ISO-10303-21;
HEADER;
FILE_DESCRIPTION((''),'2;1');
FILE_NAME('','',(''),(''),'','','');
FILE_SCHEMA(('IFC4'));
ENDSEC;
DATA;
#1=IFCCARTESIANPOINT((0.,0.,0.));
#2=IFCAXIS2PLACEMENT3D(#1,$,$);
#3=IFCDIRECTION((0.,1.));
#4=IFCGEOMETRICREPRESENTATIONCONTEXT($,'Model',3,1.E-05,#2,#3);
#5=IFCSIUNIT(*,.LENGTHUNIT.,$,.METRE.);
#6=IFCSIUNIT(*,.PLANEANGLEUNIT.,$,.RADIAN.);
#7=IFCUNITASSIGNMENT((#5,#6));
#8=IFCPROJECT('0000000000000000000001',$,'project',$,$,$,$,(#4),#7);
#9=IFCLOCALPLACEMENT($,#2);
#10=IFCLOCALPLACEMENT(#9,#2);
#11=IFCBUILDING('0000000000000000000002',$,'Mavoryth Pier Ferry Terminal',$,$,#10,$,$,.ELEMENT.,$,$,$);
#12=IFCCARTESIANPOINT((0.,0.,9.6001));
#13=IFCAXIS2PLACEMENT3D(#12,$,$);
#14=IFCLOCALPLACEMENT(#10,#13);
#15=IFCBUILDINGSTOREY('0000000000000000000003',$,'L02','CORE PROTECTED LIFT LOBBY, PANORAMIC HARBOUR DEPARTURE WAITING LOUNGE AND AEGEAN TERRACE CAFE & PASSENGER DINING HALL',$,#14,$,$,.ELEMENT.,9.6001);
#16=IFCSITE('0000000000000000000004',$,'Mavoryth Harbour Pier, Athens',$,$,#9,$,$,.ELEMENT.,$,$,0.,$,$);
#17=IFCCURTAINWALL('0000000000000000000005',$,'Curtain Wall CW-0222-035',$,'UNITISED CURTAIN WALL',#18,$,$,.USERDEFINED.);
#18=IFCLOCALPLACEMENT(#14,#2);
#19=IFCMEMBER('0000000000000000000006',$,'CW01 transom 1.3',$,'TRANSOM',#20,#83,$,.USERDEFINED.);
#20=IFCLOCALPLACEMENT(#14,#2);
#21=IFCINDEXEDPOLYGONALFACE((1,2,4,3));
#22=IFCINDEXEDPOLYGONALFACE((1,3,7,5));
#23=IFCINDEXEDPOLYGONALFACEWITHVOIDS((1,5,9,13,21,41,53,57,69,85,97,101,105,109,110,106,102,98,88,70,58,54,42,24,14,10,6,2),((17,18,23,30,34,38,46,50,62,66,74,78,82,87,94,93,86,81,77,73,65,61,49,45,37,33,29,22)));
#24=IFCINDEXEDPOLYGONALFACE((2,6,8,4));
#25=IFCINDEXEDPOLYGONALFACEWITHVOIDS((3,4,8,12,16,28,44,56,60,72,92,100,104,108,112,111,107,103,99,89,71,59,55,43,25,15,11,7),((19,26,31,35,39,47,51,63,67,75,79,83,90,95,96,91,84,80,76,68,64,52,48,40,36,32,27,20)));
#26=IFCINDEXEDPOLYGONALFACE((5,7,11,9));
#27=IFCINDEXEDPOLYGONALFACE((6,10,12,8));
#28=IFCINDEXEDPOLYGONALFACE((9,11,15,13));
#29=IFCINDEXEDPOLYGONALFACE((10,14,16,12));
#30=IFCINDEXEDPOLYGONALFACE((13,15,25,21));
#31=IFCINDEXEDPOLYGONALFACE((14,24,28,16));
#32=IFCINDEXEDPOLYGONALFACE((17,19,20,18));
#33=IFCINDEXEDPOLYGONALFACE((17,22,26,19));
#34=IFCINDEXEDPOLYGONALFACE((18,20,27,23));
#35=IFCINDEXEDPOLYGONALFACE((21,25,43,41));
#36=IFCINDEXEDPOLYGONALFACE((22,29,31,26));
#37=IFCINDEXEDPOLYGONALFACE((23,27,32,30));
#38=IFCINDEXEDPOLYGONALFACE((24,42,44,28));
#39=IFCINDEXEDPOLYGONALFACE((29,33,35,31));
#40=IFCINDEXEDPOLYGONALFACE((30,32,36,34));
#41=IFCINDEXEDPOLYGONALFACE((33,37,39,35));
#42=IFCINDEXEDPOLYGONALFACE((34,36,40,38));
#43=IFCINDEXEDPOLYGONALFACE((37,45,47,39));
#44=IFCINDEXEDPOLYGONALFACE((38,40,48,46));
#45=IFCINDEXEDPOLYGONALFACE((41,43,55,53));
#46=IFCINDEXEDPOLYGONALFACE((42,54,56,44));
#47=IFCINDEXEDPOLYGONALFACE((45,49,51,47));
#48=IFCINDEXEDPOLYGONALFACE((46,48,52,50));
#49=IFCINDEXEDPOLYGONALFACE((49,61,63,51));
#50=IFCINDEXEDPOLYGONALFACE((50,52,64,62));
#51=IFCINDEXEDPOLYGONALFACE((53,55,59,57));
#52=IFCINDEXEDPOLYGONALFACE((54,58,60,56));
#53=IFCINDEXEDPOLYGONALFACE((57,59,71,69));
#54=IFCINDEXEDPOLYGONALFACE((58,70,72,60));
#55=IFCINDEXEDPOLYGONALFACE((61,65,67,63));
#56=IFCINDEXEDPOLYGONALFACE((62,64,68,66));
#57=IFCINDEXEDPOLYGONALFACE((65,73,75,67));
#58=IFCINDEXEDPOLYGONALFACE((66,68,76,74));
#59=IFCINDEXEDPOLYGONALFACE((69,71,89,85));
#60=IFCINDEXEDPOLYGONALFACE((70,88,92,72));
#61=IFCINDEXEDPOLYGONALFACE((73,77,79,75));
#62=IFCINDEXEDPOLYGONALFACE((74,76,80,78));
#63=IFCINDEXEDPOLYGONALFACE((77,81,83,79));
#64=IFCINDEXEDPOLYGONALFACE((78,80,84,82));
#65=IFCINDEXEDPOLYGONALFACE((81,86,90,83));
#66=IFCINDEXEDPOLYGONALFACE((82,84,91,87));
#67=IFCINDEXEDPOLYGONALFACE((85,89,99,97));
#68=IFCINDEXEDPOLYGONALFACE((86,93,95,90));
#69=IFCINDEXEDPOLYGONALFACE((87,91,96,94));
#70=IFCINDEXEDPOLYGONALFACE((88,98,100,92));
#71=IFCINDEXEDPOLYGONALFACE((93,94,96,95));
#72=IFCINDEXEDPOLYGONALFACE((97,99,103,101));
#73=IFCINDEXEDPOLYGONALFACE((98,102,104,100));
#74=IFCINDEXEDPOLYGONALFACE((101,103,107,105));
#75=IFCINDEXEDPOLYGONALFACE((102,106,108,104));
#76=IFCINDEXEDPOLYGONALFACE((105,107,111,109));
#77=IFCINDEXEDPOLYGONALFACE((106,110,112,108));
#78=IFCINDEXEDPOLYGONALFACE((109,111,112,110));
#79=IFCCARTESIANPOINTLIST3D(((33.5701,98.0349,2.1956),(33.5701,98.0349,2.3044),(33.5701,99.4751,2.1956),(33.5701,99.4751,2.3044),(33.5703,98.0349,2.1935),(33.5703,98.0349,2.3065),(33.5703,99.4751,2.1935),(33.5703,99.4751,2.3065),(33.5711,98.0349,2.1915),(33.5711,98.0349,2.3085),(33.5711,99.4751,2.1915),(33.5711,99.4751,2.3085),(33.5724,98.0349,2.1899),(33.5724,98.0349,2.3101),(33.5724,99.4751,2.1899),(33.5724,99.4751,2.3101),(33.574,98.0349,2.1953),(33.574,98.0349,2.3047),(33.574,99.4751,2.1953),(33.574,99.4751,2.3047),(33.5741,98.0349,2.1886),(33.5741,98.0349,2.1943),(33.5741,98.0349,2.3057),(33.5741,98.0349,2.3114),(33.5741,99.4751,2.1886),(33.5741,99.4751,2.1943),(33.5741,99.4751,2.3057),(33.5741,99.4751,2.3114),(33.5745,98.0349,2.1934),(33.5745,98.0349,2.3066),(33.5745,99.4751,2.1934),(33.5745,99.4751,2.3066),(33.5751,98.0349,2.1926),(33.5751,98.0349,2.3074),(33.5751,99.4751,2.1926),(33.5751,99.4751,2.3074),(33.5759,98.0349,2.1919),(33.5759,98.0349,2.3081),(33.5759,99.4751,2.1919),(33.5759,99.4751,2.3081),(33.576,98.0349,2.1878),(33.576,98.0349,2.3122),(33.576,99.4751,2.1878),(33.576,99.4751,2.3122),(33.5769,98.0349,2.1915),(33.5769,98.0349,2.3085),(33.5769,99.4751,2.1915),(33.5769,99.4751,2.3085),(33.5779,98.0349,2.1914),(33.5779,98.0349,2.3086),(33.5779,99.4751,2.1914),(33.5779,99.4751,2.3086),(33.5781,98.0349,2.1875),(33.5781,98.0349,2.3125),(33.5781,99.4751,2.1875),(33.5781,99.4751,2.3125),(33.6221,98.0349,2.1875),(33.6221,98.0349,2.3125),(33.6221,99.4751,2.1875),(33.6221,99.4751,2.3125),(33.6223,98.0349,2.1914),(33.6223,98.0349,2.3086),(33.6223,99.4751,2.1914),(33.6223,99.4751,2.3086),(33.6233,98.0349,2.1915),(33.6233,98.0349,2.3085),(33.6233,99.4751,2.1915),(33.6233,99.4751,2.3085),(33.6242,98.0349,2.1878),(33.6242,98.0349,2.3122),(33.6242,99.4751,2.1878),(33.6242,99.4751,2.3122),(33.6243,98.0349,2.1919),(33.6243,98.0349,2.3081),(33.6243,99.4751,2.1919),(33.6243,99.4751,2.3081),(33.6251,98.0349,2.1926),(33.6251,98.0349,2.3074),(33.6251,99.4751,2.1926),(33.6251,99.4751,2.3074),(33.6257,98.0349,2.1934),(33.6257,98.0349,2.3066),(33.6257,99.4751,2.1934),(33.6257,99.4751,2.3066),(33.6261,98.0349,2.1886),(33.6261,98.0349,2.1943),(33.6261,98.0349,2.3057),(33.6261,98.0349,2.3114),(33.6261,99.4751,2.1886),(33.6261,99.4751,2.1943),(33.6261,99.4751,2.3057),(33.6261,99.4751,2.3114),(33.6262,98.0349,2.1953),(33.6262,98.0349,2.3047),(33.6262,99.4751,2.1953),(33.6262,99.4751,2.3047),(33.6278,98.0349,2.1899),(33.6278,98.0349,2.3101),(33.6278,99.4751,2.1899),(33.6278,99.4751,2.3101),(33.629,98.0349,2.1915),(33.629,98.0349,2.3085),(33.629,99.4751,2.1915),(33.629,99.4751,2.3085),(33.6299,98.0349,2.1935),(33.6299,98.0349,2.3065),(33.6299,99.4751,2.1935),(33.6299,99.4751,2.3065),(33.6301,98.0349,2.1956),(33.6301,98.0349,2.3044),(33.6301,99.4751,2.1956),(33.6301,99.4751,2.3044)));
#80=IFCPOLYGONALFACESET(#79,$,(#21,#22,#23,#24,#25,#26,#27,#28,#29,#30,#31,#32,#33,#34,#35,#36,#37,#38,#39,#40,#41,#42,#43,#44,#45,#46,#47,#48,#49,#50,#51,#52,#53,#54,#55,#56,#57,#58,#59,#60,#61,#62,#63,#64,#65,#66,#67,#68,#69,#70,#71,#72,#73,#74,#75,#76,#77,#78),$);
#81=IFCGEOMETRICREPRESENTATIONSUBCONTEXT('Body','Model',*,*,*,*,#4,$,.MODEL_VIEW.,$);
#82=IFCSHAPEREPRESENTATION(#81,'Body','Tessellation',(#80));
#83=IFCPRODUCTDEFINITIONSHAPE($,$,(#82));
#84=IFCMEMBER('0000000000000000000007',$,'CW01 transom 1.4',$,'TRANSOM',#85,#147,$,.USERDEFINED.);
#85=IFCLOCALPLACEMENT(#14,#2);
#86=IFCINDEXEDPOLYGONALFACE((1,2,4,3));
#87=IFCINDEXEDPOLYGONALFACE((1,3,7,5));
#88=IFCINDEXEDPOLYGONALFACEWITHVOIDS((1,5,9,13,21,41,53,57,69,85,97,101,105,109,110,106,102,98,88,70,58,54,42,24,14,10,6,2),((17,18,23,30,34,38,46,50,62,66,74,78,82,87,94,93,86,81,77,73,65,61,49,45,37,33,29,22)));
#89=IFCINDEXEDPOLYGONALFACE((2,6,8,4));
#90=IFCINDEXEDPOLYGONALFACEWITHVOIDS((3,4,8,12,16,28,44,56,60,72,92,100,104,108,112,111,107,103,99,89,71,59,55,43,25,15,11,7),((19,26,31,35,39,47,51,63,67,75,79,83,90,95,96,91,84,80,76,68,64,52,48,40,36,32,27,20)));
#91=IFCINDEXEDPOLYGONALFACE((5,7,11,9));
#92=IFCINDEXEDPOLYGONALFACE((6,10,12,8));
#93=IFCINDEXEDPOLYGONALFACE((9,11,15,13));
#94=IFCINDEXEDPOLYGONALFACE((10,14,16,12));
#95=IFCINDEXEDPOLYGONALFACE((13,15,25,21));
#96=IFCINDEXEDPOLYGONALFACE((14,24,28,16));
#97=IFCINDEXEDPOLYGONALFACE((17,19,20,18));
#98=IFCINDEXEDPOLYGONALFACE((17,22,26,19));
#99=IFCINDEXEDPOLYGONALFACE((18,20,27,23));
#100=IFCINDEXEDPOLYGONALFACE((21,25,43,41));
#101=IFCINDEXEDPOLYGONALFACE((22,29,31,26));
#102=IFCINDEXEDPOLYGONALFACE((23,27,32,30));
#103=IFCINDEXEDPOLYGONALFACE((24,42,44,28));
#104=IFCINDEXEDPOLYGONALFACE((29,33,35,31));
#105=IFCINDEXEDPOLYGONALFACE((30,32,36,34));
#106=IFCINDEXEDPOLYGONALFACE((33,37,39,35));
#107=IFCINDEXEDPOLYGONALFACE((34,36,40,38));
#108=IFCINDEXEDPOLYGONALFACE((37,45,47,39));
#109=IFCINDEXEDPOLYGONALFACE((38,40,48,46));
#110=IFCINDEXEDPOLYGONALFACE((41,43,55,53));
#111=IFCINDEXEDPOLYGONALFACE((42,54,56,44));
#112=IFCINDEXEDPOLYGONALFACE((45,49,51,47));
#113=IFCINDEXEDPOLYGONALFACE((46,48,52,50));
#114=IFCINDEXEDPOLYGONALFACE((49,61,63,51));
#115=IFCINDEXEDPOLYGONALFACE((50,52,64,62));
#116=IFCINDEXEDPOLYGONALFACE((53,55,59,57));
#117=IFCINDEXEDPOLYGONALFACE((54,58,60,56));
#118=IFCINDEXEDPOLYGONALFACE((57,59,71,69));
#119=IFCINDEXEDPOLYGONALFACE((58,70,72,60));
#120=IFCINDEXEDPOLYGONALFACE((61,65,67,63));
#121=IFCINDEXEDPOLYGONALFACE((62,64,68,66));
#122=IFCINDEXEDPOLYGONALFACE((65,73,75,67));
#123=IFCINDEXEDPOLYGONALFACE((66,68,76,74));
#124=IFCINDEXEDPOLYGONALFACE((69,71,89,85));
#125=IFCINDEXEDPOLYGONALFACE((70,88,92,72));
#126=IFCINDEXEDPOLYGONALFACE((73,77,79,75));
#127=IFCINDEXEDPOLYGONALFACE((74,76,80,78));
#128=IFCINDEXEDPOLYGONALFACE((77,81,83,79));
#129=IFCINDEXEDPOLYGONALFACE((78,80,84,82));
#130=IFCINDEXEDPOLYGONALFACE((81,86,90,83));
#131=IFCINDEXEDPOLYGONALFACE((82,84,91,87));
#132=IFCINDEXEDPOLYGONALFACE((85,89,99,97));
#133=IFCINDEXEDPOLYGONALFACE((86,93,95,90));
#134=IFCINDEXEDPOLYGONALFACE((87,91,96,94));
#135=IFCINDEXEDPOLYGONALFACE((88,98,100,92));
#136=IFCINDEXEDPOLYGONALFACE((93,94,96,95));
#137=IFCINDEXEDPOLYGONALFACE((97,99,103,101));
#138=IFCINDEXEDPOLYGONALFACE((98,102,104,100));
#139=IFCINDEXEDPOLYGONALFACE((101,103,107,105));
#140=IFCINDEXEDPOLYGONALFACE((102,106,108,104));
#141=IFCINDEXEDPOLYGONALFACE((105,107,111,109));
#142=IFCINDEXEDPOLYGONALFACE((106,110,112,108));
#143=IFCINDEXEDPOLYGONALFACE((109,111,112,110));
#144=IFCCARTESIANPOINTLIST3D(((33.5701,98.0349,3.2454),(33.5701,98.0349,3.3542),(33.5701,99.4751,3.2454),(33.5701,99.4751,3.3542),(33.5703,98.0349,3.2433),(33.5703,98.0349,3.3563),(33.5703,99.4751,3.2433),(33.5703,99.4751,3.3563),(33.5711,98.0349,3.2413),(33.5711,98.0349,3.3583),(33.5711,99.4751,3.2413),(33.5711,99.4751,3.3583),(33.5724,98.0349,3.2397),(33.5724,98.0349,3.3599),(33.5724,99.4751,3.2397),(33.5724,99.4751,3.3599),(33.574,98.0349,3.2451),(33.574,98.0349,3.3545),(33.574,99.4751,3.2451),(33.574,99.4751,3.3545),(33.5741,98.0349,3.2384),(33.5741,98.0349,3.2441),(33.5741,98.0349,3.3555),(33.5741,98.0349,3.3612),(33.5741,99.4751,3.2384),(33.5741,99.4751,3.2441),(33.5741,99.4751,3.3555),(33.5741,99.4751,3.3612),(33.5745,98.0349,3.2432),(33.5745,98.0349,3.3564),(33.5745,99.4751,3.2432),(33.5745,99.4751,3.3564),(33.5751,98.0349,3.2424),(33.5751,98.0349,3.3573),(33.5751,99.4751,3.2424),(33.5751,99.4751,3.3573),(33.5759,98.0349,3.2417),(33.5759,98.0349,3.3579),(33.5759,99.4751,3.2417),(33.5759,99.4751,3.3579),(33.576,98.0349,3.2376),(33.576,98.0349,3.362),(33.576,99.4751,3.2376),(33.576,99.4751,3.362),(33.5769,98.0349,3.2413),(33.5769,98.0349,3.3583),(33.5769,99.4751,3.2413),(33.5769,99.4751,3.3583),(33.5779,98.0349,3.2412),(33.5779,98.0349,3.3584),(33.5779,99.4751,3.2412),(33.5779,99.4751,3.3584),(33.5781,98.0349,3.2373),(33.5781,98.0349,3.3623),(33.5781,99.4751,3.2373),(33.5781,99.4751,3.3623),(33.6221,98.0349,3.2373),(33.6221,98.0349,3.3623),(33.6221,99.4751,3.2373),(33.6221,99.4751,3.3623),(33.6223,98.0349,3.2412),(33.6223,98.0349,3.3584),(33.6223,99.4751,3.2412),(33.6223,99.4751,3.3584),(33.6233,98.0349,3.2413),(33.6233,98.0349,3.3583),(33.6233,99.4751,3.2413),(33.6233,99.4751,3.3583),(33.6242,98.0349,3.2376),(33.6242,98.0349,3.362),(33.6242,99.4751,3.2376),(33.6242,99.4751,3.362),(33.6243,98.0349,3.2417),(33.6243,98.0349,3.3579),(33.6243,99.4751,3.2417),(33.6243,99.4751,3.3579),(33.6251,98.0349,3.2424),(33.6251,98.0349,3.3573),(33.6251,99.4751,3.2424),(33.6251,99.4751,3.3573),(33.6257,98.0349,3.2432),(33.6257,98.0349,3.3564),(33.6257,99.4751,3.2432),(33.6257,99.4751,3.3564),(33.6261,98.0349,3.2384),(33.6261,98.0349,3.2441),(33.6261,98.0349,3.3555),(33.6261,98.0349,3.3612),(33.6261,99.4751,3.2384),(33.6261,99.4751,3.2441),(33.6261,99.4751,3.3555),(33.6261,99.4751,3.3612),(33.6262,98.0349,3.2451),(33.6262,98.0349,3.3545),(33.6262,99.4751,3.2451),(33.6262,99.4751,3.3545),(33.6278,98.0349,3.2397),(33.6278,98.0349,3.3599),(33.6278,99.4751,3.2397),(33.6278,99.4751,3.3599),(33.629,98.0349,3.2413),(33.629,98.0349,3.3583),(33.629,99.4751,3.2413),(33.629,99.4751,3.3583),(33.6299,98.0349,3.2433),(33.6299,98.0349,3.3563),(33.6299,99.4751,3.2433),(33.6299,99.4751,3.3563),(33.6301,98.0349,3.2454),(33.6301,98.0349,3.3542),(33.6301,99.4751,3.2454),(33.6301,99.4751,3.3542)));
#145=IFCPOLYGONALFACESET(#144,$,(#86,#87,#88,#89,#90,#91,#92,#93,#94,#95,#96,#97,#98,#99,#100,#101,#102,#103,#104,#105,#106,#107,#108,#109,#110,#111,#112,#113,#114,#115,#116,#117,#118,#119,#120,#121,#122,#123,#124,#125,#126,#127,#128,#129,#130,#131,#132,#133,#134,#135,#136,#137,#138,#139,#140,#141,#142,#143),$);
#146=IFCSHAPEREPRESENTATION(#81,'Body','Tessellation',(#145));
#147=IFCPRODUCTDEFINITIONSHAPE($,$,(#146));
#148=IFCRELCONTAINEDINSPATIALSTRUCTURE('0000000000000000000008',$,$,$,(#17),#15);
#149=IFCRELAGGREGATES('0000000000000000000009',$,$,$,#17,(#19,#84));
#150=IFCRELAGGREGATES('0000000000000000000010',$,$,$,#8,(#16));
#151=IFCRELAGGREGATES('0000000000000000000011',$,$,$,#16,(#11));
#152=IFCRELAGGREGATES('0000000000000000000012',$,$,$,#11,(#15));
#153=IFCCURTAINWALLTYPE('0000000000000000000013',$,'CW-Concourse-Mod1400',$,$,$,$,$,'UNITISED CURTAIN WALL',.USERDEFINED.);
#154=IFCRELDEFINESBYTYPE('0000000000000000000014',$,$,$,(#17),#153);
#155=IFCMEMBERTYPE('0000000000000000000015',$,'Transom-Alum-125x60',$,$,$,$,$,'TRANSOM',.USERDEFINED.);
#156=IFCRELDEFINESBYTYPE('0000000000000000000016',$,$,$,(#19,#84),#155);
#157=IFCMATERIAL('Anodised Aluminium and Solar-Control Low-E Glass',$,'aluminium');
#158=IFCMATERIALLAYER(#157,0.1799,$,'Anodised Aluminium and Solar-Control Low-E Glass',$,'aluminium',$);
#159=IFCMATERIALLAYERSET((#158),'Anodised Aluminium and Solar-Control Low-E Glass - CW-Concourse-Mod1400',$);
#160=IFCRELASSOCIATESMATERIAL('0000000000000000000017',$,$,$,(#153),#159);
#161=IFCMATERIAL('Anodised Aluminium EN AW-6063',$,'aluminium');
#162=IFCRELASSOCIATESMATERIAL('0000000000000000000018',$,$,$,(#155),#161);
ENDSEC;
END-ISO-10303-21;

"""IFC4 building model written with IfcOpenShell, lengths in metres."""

from ifc_helpers import new_model, si_unit, direction, frame, origin, origin_2d, place, context, subcontext, project, spatial, hollow_rectangle, extrude, material, layer, layer_set, material_profile, profile_set, type_object, element, aggregate, save


model = new_model("IFC4")

# Units and contexts
model_context = context("Model", 3, precision=1e-05, world=origin(), true_north=direction((0.0, 1.0)))
body_context = subcontext(model_context, "Body", "Model", "MODEL_VIEW")
ifc_project = project(units=[si_unit("LENGTHUNIT", "METRE"), si_unit("PLANEANGLEUNIT", "RADIAN")], contexts=[model_context])

# Site, building, storey
site_placement = place(None, origin())
site = spatial("IfcSite", under=ifc_project, at=site_placement, Name="Mavoryth Harbour Pier, Athens", CompositionType="ELEMENT", RefElevation=0.0)
building_placement = place(site_placement, origin())
building = spatial("IfcBuilding", under=site, at=building_placement, Name="Mavoryth Pier Ferry Terminal", CompositionType="ELEMENT")
storey_placement = place(building_placement, frame((0.0, 0.0, 9.6001)))
storey = spatial("IfcBuildingStorey", under=building, at=storey_placement, Name="L02", Description="CORE PROTECTED LIFT LOBBY, PANORAMIC HARBOUR DEPARTURE WAITING LOUNGE AND AEGEAN TERRACE CAFE & PASSENGER DINING HALL", CompositionType="ELEMENT", Elevation=9.6001)

# Curtain wall
ifc_material_1 = material(Name="Anodised Aluminium and Solar-Control Low-E Glass", Category="aluminium")
ifc_layer_1 = layer(ifc_material_1, 0.1799, Name="Anodised Aluminium and Solar-Control Low-E Glass", Category="aluminium")
ifc_layer_set_1 = layer_set([ifc_layer_1], Name="Anodised Aluminium and Solar-Control Low-E Glass - CW-Concourse-Mod1400")
curtain_wall_type = type_object("IfcCurtainWallType", Name="CW-Concourse-Mod1400", ElementType="UNITISED CURTAIN WALL", PredefinedType="USERDEFINED", material=ifc_layer_set_1)
ifc_material_2 = material(Name="Anodised Aluminium EN AW-6063", Category="aluminium")
curtain_wall_1_placement = place(storey_placement, origin())
curtain_wall_1 = element("IfcCurtainWall", 1, at=curtain_wall_1_placement, inside=storey, type_object=curtain_wall_type, Name="Curtain Wall CW-0222-035", ObjectType="UNITISED CURTAIN WALL", PredefinedType="USERDEFINED")

# Members
ifc_material_profile_1 = material_profile(ifc_material_2, hollow_rectangle(XDim=0.0601, YDim=0.125, WallThickness=0.0039, InnerFilletRadius=0.0039, OuterFilletRadius=0.0081, at=origin_2d()), Name="AL-TRAN 125x60x4", Category="aluminium")
ifc_profile_set_1 = profile_set([ifc_material_profile_1], Name="Anodised Aluminium EN AW-6063 - AL-TRAN 125x60x4")
member_type_1 = type_object("IfcMemberType", Name="Transom-Alum-125x60", ElementType="TRANSOM", PredefinedType="USERDEFINED", material=ifc_profile_set_1)
member_1_placement = place(storey_placement, frame((33.6001, 98.0349, 2.25), z_axis=(0.0, 1.0, 0.0), x_axis=(-1.0, 0.0, 0.0)))
member_1 = element("IfcMember", 2, at=member_1_placement, type_object=member_type_1, Name="CW01 transom 1.3", ObjectType="TRANSOM", PredefinedType="USERDEFINED", context=body_context, shape_type="SweptSolid", body=[
    extrude(hollow_rectangle(XDim=0.0601, YDim=0.125, WallThickness=0.0039, InnerFilletRadius=0.0039, OuterFilletRadius=0.0081, at=origin_2d()), origin(), (0.0, 0.0, 1.0), 1.4402),
])
member_2_placement = place(storey_placement, frame((33.6001, 98.0349, 3.2998), z_axis=(0.0, 1.0, 0.0), x_axis=(-1.0, 0.0, 0.0)))
member_2 = element("IfcMember", 3, at=member_2_placement, type_object=member_type_1, Name="CW01 transom 1.4", ObjectType="TRANSOM", PredefinedType="USERDEFINED", context=body_context, shape_type="SweptSolid", body=[
    extrude(hollow_rectangle(XDim=0.0601, YDim=0.125, WallThickness=0.0039, InnerFilletRadius=0.0039, OuterFilletRadius=0.0081, at=origin_2d()), origin(), (0.0, 0.0, 1.0), 1.4402),
])

aggregate(curtain_wall_1, [member_1, member_2])

save(model, "model.ifc")
